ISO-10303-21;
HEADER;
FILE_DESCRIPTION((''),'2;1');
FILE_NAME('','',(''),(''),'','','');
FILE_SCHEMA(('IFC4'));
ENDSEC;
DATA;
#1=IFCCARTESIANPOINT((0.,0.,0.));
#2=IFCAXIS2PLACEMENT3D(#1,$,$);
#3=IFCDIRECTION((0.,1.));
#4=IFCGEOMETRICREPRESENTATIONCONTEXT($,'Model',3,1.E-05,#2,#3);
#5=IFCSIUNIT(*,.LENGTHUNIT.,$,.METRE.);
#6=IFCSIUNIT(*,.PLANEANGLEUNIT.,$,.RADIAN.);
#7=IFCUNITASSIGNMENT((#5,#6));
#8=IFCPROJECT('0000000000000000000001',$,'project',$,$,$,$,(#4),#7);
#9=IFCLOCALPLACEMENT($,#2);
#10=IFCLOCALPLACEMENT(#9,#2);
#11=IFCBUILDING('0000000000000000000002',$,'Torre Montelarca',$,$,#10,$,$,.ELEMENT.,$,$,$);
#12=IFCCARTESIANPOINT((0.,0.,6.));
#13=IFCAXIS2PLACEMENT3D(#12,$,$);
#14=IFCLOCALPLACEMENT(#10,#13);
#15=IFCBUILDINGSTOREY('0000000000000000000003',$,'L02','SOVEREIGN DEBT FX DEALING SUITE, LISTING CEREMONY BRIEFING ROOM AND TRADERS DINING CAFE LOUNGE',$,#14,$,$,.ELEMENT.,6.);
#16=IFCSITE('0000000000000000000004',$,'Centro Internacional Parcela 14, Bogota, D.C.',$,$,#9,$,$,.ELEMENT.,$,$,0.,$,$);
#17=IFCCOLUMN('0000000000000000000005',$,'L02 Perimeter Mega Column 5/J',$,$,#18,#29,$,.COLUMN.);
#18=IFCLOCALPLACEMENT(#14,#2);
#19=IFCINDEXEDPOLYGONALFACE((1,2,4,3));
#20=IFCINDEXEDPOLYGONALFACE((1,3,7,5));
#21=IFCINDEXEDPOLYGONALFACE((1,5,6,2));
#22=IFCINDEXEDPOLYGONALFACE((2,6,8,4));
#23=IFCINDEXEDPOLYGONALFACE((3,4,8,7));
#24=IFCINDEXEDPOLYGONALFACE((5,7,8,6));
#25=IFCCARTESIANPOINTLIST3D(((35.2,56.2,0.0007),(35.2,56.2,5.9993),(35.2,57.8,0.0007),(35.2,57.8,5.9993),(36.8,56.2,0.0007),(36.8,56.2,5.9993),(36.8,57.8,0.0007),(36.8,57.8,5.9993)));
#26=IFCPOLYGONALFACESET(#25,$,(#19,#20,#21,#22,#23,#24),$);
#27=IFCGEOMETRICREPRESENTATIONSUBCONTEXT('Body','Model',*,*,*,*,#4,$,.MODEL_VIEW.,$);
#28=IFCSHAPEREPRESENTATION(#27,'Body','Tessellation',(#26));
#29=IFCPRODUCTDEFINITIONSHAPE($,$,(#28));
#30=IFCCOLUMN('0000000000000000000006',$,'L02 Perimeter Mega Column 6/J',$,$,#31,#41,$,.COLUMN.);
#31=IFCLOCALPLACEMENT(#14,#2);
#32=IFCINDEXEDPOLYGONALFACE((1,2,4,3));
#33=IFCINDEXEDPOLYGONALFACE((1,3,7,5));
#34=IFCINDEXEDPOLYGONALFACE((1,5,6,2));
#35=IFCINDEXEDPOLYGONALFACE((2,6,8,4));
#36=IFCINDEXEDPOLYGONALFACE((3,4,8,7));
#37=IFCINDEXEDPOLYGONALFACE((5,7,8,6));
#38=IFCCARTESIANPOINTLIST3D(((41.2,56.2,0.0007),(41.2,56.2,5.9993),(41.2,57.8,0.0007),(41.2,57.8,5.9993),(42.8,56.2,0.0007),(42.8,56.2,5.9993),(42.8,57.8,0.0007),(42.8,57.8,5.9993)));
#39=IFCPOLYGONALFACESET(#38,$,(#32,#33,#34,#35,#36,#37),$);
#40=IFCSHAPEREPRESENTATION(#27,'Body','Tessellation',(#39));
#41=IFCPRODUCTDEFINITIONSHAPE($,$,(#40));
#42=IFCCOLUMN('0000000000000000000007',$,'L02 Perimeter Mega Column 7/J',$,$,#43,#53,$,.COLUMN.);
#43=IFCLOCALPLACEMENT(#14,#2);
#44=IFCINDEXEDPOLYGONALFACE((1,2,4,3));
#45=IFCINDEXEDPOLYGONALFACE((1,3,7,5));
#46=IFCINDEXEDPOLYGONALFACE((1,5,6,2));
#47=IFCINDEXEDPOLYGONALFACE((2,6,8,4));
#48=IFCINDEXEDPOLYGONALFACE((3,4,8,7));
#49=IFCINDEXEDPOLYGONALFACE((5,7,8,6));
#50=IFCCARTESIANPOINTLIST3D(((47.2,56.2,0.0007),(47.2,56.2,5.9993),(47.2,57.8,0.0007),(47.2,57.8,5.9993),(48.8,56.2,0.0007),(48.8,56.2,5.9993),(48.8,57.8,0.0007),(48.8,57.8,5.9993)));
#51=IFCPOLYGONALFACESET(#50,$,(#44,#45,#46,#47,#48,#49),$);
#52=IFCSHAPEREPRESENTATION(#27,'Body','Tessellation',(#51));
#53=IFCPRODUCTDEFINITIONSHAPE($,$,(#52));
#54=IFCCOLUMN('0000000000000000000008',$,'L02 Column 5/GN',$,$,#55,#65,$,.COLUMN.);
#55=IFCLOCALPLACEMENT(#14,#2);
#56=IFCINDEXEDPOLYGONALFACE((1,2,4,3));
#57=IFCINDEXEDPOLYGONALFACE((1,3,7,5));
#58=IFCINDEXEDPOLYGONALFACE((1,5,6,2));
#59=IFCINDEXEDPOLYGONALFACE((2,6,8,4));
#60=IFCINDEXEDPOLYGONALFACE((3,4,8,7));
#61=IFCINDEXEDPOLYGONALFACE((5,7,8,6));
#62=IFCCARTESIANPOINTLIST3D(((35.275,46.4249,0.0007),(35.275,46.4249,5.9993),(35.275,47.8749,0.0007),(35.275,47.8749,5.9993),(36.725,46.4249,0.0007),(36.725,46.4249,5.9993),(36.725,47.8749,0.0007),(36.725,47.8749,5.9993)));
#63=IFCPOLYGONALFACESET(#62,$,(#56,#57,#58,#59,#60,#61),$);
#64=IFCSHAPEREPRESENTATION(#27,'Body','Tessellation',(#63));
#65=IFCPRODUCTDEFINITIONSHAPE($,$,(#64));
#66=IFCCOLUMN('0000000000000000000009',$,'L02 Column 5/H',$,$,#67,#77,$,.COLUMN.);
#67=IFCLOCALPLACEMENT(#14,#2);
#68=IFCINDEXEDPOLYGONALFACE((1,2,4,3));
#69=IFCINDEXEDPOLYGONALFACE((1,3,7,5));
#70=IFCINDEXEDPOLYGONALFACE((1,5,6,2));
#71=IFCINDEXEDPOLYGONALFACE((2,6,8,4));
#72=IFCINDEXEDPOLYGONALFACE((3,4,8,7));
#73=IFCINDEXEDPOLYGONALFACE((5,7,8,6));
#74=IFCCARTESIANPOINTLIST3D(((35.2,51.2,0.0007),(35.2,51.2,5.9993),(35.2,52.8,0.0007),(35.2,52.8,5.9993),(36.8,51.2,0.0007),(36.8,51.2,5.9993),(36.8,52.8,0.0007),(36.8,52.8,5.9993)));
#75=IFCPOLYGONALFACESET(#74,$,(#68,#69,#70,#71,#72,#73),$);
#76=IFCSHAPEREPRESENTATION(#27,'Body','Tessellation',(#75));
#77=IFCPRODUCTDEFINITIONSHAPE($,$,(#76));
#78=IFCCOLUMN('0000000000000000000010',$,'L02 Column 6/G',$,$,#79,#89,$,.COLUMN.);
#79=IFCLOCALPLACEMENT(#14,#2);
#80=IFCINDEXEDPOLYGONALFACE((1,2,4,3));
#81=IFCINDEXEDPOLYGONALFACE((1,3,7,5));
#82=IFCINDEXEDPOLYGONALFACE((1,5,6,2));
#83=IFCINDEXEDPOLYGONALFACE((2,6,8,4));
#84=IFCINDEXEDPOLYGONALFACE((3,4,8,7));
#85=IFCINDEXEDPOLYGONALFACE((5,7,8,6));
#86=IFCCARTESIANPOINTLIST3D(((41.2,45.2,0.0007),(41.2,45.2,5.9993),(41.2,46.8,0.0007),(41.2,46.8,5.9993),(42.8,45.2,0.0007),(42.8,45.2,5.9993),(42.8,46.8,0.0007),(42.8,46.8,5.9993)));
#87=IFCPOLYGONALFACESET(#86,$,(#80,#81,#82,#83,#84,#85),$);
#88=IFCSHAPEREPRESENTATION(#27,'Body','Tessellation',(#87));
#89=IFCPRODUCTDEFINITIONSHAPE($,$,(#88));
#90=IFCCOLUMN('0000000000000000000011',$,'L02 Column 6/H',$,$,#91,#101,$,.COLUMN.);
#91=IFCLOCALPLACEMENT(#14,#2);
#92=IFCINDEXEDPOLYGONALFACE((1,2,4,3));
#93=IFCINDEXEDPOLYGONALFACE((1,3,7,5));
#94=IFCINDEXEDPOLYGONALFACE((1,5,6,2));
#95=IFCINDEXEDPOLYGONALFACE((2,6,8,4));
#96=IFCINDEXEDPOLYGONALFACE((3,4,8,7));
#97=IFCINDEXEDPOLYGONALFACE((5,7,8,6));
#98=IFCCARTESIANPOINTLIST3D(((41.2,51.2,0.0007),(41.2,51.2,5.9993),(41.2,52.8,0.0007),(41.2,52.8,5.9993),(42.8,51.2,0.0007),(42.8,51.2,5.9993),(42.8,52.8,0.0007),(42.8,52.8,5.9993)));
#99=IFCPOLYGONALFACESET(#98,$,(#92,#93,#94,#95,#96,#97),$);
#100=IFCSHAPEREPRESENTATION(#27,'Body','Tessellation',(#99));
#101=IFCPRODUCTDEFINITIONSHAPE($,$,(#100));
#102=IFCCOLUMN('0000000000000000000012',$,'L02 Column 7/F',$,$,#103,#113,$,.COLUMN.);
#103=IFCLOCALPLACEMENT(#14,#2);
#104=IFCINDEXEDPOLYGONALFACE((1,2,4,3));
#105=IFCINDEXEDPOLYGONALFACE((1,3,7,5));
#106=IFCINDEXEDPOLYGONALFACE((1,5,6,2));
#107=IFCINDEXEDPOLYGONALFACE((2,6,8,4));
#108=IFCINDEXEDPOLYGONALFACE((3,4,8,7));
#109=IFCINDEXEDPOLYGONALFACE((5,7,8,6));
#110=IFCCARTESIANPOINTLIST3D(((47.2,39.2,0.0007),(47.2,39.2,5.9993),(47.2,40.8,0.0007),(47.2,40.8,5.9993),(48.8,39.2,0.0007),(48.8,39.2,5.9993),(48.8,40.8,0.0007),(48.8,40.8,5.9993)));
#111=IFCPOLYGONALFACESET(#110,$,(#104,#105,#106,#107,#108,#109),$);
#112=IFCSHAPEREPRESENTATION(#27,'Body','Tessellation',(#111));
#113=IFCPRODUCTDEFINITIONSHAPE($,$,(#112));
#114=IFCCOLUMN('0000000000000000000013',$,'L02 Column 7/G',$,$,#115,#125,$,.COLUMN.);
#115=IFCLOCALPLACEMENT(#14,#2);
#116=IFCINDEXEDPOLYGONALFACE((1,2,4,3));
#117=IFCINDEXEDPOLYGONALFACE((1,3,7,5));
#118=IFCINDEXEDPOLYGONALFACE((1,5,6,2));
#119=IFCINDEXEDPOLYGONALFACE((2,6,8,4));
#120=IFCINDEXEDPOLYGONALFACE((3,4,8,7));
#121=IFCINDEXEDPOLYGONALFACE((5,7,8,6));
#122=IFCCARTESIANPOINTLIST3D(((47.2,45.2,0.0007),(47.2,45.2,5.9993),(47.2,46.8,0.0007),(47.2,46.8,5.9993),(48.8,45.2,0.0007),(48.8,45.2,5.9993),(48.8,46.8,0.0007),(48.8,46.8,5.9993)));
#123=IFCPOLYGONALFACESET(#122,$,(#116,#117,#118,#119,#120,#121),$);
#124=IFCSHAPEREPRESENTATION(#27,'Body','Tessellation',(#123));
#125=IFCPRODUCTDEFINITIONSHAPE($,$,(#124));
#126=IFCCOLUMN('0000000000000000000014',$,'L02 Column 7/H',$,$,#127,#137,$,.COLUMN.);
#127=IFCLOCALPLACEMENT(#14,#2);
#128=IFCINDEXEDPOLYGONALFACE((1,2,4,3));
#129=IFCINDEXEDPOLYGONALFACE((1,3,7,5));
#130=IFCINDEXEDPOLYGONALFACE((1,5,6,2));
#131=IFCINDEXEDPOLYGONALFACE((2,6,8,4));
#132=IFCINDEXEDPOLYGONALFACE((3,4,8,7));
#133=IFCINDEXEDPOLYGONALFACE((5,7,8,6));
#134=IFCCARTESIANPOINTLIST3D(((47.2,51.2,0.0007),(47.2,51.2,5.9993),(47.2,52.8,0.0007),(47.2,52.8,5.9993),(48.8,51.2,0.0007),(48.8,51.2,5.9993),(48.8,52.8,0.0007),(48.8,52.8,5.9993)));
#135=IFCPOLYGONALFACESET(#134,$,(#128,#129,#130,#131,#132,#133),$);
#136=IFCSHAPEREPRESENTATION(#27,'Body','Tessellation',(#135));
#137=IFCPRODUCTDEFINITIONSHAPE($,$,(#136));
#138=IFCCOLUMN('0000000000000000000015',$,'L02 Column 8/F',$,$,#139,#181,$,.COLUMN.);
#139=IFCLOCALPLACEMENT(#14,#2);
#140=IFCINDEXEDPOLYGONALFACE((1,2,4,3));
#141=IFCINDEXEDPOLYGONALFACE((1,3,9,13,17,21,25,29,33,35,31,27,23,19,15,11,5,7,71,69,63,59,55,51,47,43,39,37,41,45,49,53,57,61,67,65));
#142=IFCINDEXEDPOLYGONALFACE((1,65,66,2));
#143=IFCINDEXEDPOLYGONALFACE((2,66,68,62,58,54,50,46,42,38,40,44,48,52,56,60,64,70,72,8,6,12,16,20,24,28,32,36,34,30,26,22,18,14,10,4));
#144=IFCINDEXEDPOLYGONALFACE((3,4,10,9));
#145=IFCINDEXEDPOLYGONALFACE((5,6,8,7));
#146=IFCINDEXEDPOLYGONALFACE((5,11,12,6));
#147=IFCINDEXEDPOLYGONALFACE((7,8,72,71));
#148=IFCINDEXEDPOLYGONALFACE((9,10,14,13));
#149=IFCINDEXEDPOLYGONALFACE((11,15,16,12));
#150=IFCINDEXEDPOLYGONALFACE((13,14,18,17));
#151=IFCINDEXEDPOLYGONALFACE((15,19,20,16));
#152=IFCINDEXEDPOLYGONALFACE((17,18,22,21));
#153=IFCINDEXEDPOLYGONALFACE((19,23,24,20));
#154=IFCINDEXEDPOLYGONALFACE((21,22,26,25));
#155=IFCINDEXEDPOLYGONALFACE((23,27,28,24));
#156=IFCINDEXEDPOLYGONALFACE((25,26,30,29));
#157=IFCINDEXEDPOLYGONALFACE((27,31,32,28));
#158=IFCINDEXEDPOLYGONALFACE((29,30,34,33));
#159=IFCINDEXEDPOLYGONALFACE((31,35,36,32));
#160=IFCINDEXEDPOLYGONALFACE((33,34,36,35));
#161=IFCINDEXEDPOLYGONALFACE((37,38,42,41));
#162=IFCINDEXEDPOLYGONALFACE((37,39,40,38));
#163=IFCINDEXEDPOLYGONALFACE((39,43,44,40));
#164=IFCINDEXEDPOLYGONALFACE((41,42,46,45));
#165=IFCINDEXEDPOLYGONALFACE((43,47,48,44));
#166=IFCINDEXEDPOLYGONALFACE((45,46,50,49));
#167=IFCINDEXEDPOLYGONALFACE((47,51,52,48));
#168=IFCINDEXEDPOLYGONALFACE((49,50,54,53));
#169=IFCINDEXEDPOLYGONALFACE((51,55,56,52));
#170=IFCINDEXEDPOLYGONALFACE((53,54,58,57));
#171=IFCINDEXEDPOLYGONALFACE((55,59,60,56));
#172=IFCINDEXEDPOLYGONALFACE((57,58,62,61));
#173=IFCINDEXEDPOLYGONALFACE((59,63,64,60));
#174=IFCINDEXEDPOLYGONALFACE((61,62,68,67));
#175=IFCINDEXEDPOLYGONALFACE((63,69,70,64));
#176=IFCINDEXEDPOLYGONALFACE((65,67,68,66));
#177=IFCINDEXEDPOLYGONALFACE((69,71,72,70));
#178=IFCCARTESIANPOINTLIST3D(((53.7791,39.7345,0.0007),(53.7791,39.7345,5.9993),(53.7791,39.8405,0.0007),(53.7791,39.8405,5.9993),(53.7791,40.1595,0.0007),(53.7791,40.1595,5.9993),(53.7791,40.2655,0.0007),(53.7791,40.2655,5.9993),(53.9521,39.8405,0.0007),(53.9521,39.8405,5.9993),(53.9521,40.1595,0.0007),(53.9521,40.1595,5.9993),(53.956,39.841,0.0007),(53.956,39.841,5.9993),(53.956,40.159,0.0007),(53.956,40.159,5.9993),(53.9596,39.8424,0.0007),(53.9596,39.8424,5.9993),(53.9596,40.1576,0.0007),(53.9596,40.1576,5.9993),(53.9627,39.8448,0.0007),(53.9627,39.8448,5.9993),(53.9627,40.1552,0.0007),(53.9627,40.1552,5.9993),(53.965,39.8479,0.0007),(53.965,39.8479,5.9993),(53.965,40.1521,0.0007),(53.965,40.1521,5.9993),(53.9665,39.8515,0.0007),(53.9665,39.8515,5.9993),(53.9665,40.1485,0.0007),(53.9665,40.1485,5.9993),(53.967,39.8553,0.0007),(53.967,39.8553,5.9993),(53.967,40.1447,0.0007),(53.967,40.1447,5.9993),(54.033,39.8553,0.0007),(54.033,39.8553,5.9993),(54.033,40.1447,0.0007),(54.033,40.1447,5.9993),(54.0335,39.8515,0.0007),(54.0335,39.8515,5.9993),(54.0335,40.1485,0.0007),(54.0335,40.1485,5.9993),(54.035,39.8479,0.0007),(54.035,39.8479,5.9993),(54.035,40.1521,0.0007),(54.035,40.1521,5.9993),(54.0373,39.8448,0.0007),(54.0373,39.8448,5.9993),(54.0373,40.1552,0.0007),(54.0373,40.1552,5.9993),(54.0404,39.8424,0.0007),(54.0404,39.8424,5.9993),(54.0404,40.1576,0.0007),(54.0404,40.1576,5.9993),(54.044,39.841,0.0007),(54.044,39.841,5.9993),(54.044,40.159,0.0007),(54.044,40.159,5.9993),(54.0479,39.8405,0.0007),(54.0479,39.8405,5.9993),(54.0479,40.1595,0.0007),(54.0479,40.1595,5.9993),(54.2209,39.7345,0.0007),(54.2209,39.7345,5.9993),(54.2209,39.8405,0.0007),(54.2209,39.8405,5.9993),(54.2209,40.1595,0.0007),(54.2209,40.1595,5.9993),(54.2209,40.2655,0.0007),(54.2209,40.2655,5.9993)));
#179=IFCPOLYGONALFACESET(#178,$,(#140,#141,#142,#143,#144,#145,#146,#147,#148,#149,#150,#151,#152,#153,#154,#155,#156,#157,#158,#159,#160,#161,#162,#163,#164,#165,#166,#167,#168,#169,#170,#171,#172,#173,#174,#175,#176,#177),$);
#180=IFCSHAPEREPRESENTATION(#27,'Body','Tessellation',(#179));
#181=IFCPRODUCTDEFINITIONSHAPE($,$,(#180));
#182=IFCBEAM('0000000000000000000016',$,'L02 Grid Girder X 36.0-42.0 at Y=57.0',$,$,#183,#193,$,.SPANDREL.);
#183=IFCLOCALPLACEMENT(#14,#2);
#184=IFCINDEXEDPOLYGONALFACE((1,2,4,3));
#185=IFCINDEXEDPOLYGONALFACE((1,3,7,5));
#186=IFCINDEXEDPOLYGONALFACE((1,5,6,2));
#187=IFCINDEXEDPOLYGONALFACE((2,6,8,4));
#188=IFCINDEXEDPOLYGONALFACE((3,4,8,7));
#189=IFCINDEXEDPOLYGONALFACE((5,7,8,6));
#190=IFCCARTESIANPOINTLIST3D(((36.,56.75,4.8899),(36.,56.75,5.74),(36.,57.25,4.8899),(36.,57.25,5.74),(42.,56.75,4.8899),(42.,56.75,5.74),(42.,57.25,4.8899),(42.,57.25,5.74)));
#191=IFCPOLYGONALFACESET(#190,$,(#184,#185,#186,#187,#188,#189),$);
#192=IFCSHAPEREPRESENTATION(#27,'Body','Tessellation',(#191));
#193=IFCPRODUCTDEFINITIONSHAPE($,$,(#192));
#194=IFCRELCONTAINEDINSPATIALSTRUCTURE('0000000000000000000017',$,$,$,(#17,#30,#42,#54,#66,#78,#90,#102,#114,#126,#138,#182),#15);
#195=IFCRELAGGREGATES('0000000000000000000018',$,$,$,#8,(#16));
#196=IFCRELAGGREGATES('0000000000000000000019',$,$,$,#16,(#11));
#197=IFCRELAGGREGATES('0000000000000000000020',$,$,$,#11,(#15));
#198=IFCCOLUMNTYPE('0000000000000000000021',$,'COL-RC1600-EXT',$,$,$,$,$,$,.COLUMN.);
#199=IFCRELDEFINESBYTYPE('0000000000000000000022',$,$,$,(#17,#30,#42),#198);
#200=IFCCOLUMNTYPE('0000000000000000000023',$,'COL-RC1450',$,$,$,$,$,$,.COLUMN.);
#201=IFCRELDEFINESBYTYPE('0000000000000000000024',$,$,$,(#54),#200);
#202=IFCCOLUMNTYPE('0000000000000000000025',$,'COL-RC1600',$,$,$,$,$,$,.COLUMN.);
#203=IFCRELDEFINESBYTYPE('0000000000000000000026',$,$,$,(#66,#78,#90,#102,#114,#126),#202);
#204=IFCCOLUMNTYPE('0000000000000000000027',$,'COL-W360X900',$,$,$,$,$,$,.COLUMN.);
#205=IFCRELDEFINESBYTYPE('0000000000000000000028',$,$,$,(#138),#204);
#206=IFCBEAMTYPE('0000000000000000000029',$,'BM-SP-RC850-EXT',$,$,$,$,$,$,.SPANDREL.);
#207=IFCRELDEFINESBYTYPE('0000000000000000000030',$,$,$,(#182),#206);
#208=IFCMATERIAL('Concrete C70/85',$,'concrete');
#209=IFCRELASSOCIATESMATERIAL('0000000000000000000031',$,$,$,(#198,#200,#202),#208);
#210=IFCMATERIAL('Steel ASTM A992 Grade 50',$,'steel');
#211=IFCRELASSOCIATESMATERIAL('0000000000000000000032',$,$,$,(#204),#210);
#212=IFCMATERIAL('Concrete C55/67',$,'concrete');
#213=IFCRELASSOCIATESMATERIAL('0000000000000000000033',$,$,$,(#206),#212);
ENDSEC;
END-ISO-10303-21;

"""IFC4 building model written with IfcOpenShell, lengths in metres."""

from ifc_helpers import new_model, si_unit, direction, frame, origin, origin_2d, place, context, subcontext, project, spatial, rectangle, i_section, extrude, source, transform, mapped, material, material_profile, profile_set, type_object, element, save


model = new_model("IFC4")

# Units and contexts
model_context = context("Model", 3, precision=1e-05, world=origin(), true_north=direction((0.0, 1.0)))
body_context = subcontext(model_context, "Body", "Model", "MODEL_VIEW")
ifc_project = project(units=[si_unit("LENGTHUNIT", "METRE"), si_unit("PLANEANGLEUNIT", "RADIAN")], contexts=[model_context])

# Site, building, storey
site_placement = place(None, origin())
site = spatial("IfcSite", under=ifc_project, at=site_placement, Name="Centro Internacional Parcela 14, Bogota, D.C.", CompositionType="ELEMENT", RefElevation=0.0)
building_placement = place(site_placement, origin())
building = spatial("IfcBuilding", under=site, at=building_placement, Name="Torre Montelarca", CompositionType="ELEMENT")
storey_placement = place(building_placement, frame((0.0, 0.0, 6.0)))
storey = spatial("IfcBuildingStorey", under=building, at=storey_placement, Name="L02", Description="SOVEREIGN DEBT FX DEALING SUITE, LISTING CEREMONY BRIEFING ROOM AND TRADERS DINING CAFE LOUNGE", CompositionType="ELEMENT", Elevation=6.0)

# Columns
ifc_material_1 = material(Name="Concrete C70/85", Category="concrete")
ifc_material_profile_1 = material_profile(ifc_material_1, rectangle(XDim=1.6001, YDim=1.6001, at=origin_2d()), Name="RC1600X1600", Category="concrete")
ifc_profile_set_1 = profile_set([ifc_material_profile_1], Name="Concrete C70/85")
column_type_1 = type_object("IfcColumnType", Name="COL-RC1600-EXT", PredefinedType="COLUMN", material=ifc_profile_set_1)
shared_shape_1 = source(origin(), body_context, "Body", "SweptSolid", [
    extrude(rectangle(XDim=1.6001, YDim=1.6001, at=origin_2d()), origin(), (0.0, 0.0, 1.0), 5.9985),
])
for number, where, z_axis, x_axis, name in (
    (1, (36.0, 57.0, 0.0007), (0.0, 0.0, 1.0), (1.0, 0.0, 0.0), "L02 Perimeter Mega Column 5/J"),
    (2, (42.0, 57.0, 0.0007), (0.0, 0.0, 1.0), (1.0, 0.0, 0.0), "L02 Perimeter Mega Column 6/J"),
    (3, (48.0, 57.0, 0.0007), (0.0, 0.0, 1.0), (1.0, 0.0, 0.0), "L02 Perimeter Mega Column 7/J"),
):
    element("IfcColumn", number, at=place(storey_placement, frame(where, z_axis=z_axis, x_axis=x_axis)), inside=storey, type_object=column_type_1, Name=name, PredefinedType="COLUMN", context=body_context, shape_type="MappedRepresentation", body=[
        mapped(shared_shape_1, transform((0.0, 0.0, 0.0), scale=1.0)),
    ])
ifc_material_profile_2 = material_profile(ifc_material_1, rectangle(XDim=1.45, YDim=1.45, at=origin_2d()), Name="RC1450X1450", Category="concrete")
ifc_profile_set_2 = profile_set([ifc_material_profile_2], Name="Concrete C70/85")
column_type_2 = type_object("IfcColumnType", Name="COL-RC1450", PredefinedType="COLUMN", material=ifc_profile_set_2)
shared_shape_2 = source(origin(), body_context, "Body", "SweptSolid", [
    extrude(rectangle(XDim=1.45, YDim=1.45, at=origin_2d()), origin(), (0.0, 0.0, 1.0), 5.9985),
])
column_1_placement = place(storey_placement, frame((36.0, 47.1499, 0.0007), z_axis=(0.0, 0.0, 1.0), x_axis=(1.0, 0.0, 0.0)))
element("IfcColumn", 4, at=column_1_placement, inside=storey, type_object=column_type_2, Name="L02 Column 5/GN", PredefinedType="COLUMN", context=body_context, shape_type="MappedRepresentation", body=[
    mapped(shared_shape_2, transform((0.0, 0.0, 0.0), scale=1.0)),
])
ifc_material_profile_3 = material_profile(ifc_material_1, rectangle(XDim=1.6001, YDim=1.6001, at=origin_2d()), Name="RC1600X1600", Category="concrete")
ifc_profile_set_3 = profile_set([ifc_material_profile_3], Name="Concrete C70/85")
column_type_3 = type_object("IfcColumnType", Name="COL-RC1600", PredefinedType="COLUMN", material=ifc_profile_set_3)
shared_shape_3 = source(origin(), body_context, "Body", "SweptSolid", [
    extrude(rectangle(XDim=1.6001, YDim=1.6001, at=origin_2d()), origin(), (0.0, 0.0, 1.0), 5.9985),
])
for number, where, z_axis, x_axis, name in (
    (5, (36.0, 52.0, 0.0007), (0.0, 0.0, 1.0), (1.0, 0.0, 0.0), "L02 Column 5/H"),
    (6, (42.0, 46.0, 0.0007), (0.0, 0.0, 1.0), (1.0, 0.0, 0.0), "L02 Column 6/G"),
    (7, (42.0, 52.0, 0.0007), (0.0, 0.0, 1.0), (1.0, 0.0, 0.0), "L02 Column 6/H"),
    (8, (48.0, 40.0, 0.0007), (0.0, 0.0, 1.0), (1.0, 0.0, 0.0), "L02 Column 7/F"),
    (9, (48.0, 46.0, 0.0007), (0.0, 0.0, 1.0), (1.0, 0.0, 0.0), "L02 Column 7/G"),
    (10, (48.0, 52.0, 0.0007), (0.0, 0.0, 1.0), (1.0, 0.0, 0.0), "L02 Column 7/H"),
):
    element("IfcColumn", number, at=place(storey_placement, frame(where, z_axis=z_axis, x_axis=x_axis)), inside=storey, type_object=column_type_3, Name=name, PredefinedType="COLUMN", context=body_context, shape_type="MappedRepresentation", body=[
        mapped(shared_shape_3, transform((0.0, 0.0, 0.0), scale=1.0)),
    ])
ifc_material_2 = material(Name="Steel ASTM A992 Grade 50", Category="steel")
ifc_material_profile_4 = material_profile(ifc_material_2, i_section(OverallWidth=0.4419, OverallDepth=0.531, WebThickness=0.0659, FlangeThickness=0.106, FilletRadius=0.0149, at=origin_2d()), Name="W360X900", Category="steel")
ifc_profile_set_4 = profile_set([ifc_material_profile_4], Name="Steel ASTM A992 Grade 50")
column_type_4 = type_object("IfcColumnType", Name="COL-W360X900", PredefinedType="COLUMN", material=ifc_profile_set_4)
shared_shape_4 = source(origin(), body_context, "Body", "SweptSolid", [
    extrude(i_section(OverallWidth=0.4419, OverallDepth=0.531, WebThickness=0.0659, FlangeThickness=0.106, FilletRadius=0.0149, at=origin_2d()), origin(), (0.0, 0.0, 1.0), 5.9985),
])
column_2_placement = place(storey_placement, frame((54.0, 40.0, 0.0007), z_axis=(0.0, 0.0, 1.0), x_axis=(1.0, 0.0, 0.0)))
element("IfcColumn", 11, at=column_2_placement, inside=storey, type_object=column_type_4, Name="L02 Column 8/F", PredefinedType="COLUMN", context=body_context, shape_type="MappedRepresentation", body=[
    mapped(shared_shape_4, transform((0.0, 0.0, 0.0), scale=1.0)),
])

# Beam
ifc_material_3 = material(Name="Concrete C55/67", Category="concrete")
ifc_material_profile_5 = material_profile(ifc_material_3, rectangle(XDim=0.5, YDim=0.8501, at=origin_2d()), Name="RCB500X850", Category="concrete")
ifc_profile_set_5 = profile_set([ifc_material_profile_5], Name="Concrete C55/67")
beam_type_1 = type_object("IfcBeamType", Name="BM-SP-RC850-EXT", PredefinedType="SPANDREL", material=ifc_profile_set_5)
shared_shape_5 = source(origin(), body_context, "Body", "SweptSolid", [
    extrude(rectangle(XDim=0.5, YDim=0.8501, at=origin_2d()), origin(), (0.0, 0.0, 1.0), 6.0),
])
for number, where, z_axis, x_axis, name in (
    (12, (36.0, 57.0, 5.3149), (1.0, 0.0, 0.0), (0.0, 1.0, 0.0), "L02 Grid Girder X 36.0-42.0 at Y=57.0"),
):
    element("IfcBeam", number, at=place(storey_placement, frame(where, z_axis=z_axis, x_axis=x_axis)), inside=storey, type_object=beam_type_1, Name=name, PredefinedType="SPANDREL", context=body_context, shape_type="MappedRepresentation", body=[
        mapped(shared_shape_5, transform((0.0, 0.0, 0.0), scale=1.0)),
    ])

save(model, "model.ifc")
